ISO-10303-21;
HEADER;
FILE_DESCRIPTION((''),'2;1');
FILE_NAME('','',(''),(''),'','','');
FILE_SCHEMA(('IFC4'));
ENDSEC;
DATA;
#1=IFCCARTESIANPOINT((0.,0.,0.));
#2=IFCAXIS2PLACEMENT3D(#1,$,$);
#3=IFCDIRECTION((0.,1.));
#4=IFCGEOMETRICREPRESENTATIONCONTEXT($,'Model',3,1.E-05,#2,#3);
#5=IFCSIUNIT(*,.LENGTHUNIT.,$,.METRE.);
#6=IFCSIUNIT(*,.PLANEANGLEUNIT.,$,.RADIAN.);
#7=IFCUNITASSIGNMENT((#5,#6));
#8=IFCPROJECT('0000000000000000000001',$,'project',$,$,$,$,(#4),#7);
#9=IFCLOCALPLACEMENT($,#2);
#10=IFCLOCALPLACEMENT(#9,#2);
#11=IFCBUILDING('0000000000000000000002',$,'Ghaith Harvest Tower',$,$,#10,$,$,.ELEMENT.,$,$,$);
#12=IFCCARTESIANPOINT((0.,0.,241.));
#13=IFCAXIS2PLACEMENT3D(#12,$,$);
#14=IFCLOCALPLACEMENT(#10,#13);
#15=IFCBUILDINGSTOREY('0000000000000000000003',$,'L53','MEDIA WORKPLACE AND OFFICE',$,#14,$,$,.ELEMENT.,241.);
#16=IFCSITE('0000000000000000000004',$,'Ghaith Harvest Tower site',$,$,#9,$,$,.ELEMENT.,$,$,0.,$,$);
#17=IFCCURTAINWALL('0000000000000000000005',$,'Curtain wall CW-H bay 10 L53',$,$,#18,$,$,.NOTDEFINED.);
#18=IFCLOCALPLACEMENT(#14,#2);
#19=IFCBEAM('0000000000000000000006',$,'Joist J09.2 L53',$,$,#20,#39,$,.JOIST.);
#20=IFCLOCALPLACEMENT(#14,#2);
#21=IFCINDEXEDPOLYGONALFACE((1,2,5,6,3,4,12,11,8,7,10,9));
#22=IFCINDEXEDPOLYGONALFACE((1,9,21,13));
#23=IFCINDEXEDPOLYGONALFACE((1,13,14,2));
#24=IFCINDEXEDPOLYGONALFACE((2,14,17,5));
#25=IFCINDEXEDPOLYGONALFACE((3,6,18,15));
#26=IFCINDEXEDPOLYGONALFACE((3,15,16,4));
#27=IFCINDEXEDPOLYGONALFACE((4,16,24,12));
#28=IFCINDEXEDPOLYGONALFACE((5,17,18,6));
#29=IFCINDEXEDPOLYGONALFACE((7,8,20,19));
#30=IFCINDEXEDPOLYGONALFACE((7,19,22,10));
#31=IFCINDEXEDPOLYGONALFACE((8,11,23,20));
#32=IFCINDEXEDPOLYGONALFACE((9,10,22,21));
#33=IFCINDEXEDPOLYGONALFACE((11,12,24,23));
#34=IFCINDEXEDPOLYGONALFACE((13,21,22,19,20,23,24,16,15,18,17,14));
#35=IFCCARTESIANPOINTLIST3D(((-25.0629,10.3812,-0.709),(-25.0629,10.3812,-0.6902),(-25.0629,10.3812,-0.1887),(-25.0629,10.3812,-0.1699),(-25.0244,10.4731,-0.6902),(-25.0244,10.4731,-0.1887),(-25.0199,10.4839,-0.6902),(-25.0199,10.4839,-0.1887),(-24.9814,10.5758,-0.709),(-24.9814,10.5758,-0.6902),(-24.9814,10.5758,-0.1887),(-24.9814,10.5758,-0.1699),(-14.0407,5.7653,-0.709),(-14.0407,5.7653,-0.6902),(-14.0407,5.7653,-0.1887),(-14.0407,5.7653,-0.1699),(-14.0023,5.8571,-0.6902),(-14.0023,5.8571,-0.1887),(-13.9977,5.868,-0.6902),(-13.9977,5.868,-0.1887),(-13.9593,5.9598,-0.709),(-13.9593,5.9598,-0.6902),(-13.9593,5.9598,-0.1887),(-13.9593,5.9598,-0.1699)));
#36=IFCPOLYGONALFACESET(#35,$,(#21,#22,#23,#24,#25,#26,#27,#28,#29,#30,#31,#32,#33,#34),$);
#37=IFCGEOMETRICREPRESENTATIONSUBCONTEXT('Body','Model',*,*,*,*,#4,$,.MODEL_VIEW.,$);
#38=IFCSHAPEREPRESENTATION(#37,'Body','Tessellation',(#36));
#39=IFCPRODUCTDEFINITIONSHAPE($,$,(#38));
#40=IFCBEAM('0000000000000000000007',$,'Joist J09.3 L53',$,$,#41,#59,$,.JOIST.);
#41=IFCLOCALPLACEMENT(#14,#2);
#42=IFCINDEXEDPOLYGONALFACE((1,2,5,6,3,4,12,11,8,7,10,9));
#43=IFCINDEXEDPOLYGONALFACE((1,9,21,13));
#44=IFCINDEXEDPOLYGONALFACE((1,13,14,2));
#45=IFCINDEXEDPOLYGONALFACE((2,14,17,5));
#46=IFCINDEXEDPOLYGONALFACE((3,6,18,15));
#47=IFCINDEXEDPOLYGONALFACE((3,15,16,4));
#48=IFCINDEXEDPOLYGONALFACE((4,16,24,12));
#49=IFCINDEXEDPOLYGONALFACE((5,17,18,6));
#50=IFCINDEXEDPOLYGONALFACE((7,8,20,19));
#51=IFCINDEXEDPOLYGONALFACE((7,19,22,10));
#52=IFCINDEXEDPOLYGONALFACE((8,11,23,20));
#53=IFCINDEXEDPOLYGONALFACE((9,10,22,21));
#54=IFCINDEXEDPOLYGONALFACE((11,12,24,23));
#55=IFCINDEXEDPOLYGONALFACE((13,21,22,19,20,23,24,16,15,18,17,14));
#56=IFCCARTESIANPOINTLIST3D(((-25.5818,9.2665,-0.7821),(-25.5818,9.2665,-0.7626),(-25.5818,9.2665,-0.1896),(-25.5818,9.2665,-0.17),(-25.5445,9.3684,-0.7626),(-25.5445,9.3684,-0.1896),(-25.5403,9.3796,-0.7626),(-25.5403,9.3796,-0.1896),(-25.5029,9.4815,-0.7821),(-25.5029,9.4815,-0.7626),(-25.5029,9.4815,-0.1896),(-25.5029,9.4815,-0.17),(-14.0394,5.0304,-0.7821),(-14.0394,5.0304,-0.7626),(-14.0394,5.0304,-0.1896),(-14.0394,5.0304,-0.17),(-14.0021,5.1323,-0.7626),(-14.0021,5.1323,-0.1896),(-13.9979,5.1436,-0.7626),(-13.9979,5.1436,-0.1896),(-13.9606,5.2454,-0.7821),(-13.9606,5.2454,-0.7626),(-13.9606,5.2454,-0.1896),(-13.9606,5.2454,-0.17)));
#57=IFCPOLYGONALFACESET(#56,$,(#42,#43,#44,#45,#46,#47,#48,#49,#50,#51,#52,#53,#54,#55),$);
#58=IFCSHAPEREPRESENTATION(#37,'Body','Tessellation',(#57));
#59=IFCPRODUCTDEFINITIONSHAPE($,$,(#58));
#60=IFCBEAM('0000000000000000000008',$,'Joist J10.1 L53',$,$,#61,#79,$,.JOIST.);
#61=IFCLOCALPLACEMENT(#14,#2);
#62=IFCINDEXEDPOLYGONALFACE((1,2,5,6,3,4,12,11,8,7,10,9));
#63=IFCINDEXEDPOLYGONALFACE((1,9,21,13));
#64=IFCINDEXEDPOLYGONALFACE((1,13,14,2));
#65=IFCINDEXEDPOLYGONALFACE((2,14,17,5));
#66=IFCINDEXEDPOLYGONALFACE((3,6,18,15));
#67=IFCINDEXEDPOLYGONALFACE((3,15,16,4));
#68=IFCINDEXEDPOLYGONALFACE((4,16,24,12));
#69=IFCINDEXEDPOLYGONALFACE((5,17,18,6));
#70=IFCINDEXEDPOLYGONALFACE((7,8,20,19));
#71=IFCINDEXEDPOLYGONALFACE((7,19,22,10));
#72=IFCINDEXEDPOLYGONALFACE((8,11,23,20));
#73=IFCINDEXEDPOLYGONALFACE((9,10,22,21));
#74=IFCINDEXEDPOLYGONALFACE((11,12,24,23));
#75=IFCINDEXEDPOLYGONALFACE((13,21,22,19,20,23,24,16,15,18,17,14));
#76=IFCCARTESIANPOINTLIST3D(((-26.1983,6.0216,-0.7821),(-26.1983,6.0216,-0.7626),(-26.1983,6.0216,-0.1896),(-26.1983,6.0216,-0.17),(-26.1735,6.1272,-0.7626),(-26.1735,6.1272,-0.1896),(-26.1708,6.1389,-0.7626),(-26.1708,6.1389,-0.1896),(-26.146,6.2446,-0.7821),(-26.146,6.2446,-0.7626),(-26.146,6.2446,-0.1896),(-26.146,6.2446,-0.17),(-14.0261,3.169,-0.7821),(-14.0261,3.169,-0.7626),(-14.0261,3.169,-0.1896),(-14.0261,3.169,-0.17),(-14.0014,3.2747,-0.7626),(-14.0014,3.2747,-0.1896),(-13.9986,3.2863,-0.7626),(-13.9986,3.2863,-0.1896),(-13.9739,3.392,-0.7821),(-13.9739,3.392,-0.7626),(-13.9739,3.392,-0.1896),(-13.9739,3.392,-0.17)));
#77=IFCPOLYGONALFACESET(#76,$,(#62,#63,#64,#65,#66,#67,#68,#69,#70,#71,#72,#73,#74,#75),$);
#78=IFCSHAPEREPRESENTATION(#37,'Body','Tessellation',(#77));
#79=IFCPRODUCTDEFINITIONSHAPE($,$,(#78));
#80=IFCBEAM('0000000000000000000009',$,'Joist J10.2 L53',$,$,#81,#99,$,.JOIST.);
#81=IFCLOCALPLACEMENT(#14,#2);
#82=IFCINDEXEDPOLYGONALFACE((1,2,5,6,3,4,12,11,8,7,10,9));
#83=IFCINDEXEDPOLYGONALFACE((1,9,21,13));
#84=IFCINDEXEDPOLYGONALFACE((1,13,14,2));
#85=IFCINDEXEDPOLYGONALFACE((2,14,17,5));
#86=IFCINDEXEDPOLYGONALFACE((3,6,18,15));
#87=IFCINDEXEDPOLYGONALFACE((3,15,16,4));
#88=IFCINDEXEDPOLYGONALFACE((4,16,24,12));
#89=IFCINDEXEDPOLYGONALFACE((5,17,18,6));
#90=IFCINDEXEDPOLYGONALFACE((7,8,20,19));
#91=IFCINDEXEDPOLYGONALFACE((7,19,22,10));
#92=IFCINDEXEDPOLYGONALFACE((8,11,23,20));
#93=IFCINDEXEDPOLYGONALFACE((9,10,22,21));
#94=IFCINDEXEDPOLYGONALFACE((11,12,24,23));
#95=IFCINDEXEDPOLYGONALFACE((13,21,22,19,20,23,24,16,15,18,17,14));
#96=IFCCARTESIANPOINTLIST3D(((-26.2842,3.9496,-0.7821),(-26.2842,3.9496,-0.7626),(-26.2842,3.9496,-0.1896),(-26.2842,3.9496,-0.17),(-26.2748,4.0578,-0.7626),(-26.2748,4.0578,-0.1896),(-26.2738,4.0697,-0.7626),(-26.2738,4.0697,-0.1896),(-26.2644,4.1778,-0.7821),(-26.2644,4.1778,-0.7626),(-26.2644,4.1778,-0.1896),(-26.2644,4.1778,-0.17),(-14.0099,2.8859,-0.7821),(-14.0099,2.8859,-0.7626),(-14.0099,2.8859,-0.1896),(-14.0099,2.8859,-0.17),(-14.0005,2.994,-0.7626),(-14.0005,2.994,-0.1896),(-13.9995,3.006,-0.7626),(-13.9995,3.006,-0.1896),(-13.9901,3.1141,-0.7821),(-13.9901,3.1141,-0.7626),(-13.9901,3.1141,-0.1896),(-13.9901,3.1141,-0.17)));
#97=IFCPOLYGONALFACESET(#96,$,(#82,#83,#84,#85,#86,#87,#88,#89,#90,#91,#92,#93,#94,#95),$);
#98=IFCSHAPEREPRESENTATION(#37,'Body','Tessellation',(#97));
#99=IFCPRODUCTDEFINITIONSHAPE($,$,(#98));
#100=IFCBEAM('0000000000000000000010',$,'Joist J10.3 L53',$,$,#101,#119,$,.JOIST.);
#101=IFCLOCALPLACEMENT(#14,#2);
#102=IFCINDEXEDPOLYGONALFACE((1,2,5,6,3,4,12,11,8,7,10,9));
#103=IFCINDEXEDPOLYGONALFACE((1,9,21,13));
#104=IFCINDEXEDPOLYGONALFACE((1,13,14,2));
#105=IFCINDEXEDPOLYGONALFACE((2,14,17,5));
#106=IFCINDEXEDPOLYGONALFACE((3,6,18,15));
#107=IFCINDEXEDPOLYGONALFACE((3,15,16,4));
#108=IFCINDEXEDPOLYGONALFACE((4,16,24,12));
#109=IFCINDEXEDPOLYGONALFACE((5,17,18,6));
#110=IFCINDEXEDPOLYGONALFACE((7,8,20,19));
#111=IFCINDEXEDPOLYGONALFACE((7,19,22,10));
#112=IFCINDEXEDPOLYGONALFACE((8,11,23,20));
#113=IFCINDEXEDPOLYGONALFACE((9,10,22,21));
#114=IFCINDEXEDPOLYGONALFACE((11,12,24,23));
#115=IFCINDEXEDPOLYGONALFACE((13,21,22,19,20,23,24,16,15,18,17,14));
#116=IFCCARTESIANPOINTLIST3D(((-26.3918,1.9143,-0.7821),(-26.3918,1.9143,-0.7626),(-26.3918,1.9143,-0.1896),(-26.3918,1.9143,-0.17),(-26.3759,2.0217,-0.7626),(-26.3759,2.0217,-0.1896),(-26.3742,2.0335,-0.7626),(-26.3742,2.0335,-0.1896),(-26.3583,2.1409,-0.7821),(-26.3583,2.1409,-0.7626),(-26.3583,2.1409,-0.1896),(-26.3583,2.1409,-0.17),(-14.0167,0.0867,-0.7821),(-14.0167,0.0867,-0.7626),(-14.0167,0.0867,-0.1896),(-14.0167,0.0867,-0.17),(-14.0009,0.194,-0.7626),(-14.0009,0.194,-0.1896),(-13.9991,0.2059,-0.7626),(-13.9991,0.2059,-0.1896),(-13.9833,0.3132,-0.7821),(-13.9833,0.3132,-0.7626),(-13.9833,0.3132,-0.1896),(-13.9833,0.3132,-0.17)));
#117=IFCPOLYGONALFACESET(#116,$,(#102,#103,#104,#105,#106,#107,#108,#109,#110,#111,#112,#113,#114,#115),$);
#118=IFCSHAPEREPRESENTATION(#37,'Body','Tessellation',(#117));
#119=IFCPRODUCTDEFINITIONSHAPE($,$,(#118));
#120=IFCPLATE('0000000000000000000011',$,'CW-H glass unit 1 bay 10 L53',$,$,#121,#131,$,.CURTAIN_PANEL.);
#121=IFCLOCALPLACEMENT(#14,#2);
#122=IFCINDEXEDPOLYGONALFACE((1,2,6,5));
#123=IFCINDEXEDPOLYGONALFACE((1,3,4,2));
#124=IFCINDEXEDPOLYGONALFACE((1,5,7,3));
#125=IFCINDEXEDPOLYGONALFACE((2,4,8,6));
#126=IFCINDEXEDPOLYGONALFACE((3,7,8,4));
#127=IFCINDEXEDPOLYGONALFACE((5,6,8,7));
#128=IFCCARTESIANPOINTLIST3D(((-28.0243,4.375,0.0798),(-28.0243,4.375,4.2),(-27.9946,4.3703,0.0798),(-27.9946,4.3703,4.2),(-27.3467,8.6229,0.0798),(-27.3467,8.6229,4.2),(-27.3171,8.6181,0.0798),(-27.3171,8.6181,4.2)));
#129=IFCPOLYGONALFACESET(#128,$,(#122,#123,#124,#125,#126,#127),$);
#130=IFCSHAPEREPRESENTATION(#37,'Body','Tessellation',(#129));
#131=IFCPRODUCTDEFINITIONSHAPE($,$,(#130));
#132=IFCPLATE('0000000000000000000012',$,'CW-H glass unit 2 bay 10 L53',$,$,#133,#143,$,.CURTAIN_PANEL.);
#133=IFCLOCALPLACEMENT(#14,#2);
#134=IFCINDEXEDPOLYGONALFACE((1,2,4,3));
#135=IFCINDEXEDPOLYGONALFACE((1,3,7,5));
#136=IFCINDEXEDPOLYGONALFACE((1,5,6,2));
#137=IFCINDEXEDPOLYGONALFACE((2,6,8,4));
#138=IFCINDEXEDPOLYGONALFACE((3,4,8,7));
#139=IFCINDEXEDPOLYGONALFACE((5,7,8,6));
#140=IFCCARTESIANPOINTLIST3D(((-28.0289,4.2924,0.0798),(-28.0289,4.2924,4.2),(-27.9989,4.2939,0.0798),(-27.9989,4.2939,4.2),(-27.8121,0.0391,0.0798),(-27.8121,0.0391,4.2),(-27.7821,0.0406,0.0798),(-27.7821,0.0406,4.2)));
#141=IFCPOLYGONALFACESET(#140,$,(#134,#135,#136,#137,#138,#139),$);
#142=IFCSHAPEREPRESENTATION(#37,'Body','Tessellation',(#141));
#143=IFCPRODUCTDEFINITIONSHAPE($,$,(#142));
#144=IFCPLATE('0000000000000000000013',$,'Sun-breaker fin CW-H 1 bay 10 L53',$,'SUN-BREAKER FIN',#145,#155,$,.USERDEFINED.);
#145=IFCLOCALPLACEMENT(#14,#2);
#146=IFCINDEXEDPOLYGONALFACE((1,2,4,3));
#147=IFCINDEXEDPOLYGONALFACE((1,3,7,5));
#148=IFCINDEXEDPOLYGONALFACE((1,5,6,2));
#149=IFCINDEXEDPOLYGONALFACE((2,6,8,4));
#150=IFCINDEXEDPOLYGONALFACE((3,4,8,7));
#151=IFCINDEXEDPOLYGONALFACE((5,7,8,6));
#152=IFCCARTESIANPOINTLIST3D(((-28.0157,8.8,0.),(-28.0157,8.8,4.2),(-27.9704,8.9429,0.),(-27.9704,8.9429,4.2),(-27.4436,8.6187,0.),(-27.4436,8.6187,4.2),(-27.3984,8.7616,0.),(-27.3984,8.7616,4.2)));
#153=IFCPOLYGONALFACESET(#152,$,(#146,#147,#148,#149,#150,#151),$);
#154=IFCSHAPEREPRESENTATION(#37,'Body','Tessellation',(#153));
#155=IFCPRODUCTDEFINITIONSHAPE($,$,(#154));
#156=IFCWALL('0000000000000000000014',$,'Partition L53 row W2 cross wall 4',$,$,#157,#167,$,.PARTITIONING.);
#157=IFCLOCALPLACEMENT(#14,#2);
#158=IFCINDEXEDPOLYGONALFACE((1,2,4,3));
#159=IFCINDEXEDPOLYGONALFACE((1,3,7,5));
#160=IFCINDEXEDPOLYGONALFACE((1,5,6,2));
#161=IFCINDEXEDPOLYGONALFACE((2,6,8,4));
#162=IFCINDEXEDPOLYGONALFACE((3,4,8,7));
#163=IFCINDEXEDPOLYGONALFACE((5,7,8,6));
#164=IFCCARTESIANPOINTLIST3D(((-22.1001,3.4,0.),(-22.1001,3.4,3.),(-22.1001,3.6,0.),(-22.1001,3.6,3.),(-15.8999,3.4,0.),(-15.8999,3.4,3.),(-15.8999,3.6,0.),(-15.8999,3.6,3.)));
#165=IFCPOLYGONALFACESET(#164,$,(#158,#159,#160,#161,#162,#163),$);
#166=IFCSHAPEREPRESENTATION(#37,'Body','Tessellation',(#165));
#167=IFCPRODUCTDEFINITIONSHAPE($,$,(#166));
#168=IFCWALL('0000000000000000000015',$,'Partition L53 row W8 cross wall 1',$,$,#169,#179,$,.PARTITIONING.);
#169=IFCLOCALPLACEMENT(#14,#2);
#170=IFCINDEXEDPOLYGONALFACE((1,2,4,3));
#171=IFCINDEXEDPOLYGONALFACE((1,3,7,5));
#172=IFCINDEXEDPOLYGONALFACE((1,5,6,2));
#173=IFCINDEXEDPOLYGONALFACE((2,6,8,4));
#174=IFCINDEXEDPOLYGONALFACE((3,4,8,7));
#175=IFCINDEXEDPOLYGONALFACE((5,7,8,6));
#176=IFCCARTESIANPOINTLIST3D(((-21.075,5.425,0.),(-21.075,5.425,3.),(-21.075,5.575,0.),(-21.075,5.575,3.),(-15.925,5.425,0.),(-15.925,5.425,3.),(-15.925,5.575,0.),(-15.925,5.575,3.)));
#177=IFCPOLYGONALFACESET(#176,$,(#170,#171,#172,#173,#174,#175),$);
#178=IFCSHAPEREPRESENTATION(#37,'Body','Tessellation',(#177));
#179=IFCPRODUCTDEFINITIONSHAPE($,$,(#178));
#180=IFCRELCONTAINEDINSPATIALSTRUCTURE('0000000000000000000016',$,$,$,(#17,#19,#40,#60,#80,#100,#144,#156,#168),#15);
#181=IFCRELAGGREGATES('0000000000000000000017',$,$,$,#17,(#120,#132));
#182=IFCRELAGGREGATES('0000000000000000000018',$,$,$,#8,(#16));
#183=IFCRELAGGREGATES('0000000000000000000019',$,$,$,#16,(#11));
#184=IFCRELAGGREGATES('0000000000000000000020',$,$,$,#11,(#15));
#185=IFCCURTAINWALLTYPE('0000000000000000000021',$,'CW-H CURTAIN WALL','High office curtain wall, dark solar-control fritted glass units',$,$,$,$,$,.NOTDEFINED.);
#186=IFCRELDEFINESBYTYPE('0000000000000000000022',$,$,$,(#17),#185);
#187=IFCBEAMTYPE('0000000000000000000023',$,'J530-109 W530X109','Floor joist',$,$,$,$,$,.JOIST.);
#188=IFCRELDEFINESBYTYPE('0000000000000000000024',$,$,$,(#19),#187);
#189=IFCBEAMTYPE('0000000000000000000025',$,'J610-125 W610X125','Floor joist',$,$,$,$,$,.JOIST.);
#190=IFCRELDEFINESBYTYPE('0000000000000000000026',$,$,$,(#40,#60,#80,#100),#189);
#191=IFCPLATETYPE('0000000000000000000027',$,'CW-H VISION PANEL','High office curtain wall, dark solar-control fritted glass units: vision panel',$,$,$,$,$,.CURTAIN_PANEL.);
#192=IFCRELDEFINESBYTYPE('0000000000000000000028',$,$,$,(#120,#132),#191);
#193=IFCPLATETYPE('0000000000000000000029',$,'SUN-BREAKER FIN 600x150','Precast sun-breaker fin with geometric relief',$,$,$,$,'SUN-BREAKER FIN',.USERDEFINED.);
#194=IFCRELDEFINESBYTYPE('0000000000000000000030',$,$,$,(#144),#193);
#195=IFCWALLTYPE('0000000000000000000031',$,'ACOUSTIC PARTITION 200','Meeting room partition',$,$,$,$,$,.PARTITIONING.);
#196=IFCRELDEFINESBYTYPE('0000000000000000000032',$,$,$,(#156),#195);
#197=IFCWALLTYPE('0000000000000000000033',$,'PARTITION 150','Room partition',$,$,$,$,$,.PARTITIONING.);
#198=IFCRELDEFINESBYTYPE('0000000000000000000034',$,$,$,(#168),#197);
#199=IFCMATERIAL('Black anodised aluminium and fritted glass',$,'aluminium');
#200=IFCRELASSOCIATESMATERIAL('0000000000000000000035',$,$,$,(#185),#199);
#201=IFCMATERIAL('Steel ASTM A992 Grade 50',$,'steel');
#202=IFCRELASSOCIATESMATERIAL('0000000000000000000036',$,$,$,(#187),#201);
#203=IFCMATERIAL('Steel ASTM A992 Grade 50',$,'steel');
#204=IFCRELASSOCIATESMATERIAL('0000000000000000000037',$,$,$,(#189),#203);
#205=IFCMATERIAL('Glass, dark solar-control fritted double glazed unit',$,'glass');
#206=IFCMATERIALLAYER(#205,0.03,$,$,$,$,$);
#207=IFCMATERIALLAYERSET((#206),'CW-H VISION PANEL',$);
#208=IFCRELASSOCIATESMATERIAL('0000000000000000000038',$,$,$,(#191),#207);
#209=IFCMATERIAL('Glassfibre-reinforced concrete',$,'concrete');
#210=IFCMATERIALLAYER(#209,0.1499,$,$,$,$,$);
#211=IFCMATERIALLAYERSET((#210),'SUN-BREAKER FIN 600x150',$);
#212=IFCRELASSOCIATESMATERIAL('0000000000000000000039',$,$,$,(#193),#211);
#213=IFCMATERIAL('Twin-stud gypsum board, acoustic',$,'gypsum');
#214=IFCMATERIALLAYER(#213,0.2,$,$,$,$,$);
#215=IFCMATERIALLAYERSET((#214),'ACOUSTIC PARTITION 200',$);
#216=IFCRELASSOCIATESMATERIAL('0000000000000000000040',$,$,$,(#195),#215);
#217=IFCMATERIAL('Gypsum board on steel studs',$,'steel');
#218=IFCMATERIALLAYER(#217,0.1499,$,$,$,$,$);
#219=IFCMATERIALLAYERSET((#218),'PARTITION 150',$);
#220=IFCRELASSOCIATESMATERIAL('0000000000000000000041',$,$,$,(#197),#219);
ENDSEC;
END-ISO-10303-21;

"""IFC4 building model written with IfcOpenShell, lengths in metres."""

from ifc_helpers import new_model, si_unit, direction, frame, frame_2d, origin, origin_2d, place, context, subcontext, project, spatial, rectangle, i_section, extrude, material, layer, layer_set, material_profile, profile_set, type_object, element, aggregate, save


model = new_model("IFC4")

# Units and contexts
model_context = context("Model", 3, precision=1e-05, world=origin(), true_north=direction((0.0, 1.0)))
body_context = subcontext(model_context, "Body", "Model", "MODEL_VIEW")
ifc_project = project(units=[si_unit("LENGTHUNIT", "METRE"), si_unit("PLANEANGLEUNIT", "RADIAN")], contexts=[model_context])

# Site, building, storey
site_placement = place(None, origin())
site = spatial("IfcSite", under=ifc_project, at=site_placement, Name="Ghaith Harvest Tower site", CompositionType="ELEMENT", RefElevation=0.0)
building_placement = place(site_placement, origin())
building = spatial("IfcBuilding", under=site, at=building_placement, Name="Ghaith Harvest Tower", CompositionType="ELEMENT")
storey_placement = place(building_placement, frame((0.0, 0.0, 241.0)))
storey = spatial("IfcBuildingStorey", under=building, at=storey_placement, Name="L53", Description="MEDIA WORKPLACE AND OFFICE", CompositionType="ELEMENT", Elevation=241.0)

# Curtain wall
ifc_material_1 = material(Name="Black anodised aluminium and fritted glass", Category="aluminium")
curtain_wall_type = type_object("IfcCurtainWallType", Name="CW-H CURTAIN WALL", Description="High office curtain wall, dark solar-control fritted glass units", PredefinedType="NOTDEFINED", material=ifc_material_1)
curtain_wall_placement = place(storey_placement, origin())
curtain_wall = element("IfcCurtainWall", 1, at=curtain_wall_placement, inside=storey, type_object=curtain_wall_type, Name="Curtain wall CW-H bay 10 L53", PredefinedType="NOTDEFINED")

# Beams
ifc_material_2 = material(Name="Steel ASTM A992 Grade 50", Category="steel")
ifc_material_profile_1 = material_profile(ifc_material_2, i_section(OverallWidth=0.2109, OverallDepth=0.5391, WebThickness=0.0117, FlangeThickness=0.0188, at=origin_2d()), Name="W530X109")
ifc_profile_set_1 = profile_set([ifc_material_profile_1], Name="Steel ASTM A992 Grade 50")
beam_type_1 = type_object("IfcBeamType", Name="J530-109 W530X109", Description="Floor joist", PredefinedType="JOIST", material=ifc_profile_set_1)
beam_1_placement = place(storey_placement, frame((-14.0, 5.8625, -0.4395), z_axis=(-0.922381, 0.386282, 0.0), x_axis=(-0.386282, -0.922381, 0.0)))
element("IfcBeam", 2, at=beam_1_placement, inside=storey, type_object=beam_type_1, Name="Joist J09.2 L53", PredefinedType="JOIST", context=body_context, shape_type="SweptSolid", body=[
    extrude(i_section(OverallWidth=0.2109, OverallDepth=0.5391, WebThickness=0.0117, FlangeThickness=0.0188, at=origin_2d()), origin(), (0.0, 0.0, 1.0), 11.9497),
])
ifc_material_3 = material(Name="Steel ASTM A992 Grade 50", Category="steel")
ifc_material_profile_2 = material_profile(ifc_material_3, i_section(OverallWidth=0.229, OverallDepth=0.6121, WebThickness=0.012, FlangeThickness=0.0195, at=origin_2d()), Name="W610X125")
ifc_profile_set_2 = profile_set([ifc_material_profile_2], Name="Steel ASTM A992 Grade 50")
beam_type_2 = type_object("IfcBeamType", Name="J610-125 W610X125", Description="Floor joist", PredefinedType="JOIST", material=ifc_profile_set_2)
beam_2_placement = place(storey_placement, frame((-14.0, 5.1379, -0.4761), z_axis=(-0.938775, 0.34453, 0.0), x_axis=(-0.34453, -0.938775, 0.0)))
element("IfcBeam", 3, at=beam_2_placement, inside=storey, type_object=beam_type_2, Name="Joist J09.3 L53", PredefinedType="JOIST", context=body_context, shape_type="SweptSolid", body=[
    extrude(i_section(OverallWidth=0.229, OverallDepth=0.6121, WebThickness=0.012, FlangeThickness=0.0195, at=origin_2d()), origin(), (0.0, 0.0, 1.0), 12.2952),
])
beam_3_placement = place(storey_placement, frame((-14.0, 3.2805, -0.4761), z_axis=(-0.973622, 0.228168, 0.0), x_axis=(-0.228168, -0.973622, 0.0)))
element("IfcBeam", 4, at=beam_3_placement, inside=storey, type_object=beam_type_2, Name="Joist J10.1 L53", PredefinedType="JOIST", context=body_context, shape_type="SweptSolid", body=[
    extrude(i_section(OverallWidth=0.229, OverallDepth=0.6121, WebThickness=0.012, FlangeThickness=0.0195, at=origin_2d()), origin(), (0.0, 0.0, 1.0), 12.502),
])
beam_4_placement = place(storey_placement, frame((-14.0, 3.0, -0.4761), z_axis=(-0.996266, 0.086338, 0.0), x_axis=(-0.086338, -0.996266, 0.0)))
element("IfcBeam", 5, at=beam_4_placement, inside=storey, type_object=beam_type_2, Name="Joist J10.2 L53", PredefinedType="JOIST", context=body_context, shape_type="SweptSolid", body=[
    extrude(i_section(OverallWidth=0.229, OverallDepth=0.6121, WebThickness=0.012, FlangeThickness=0.0195, at=origin_2d()), origin(), (0.0, 0.0, 1.0), 12.3203),
])
beam_5_placement = place(storey_placement, frame((-14.0, 0.2, -0.4761), z_axis=(-0.989269, 0.146103, 0.0), x_axis=(-0.146103, -0.989269, 0.0)))
element("IfcBeam", 6, at=beam_5_placement, inside=storey, type_object=beam_type_2, Name="Joist J10.3 L53", PredefinedType="JOIST", context=body_context, shape_type="SweptSolid", body=[
    extrude(i_section(OverallWidth=0.229, OverallDepth=0.6121, WebThickness=0.012, FlangeThickness=0.0195, at=origin_2d()), origin(), (0.0, 0.0, 1.0), 12.5093),
])

# Plates
ifc_material_4 = material(Name="Glass, dark solar-control fritted double glazed unit", Category="glass")
ifc_layer_1 = layer(ifc_material_4, 0.03)
ifc_layer_set_1 = layer_set([ifc_layer_1], Name="CW-H VISION PANEL")
plate_type_1 = type_object("IfcPlateType", Name="CW-H VISION PANEL", Description="High office curtain wall, dark solar-control fritted glass units: vision panel", PredefinedType="CURTAIN_PANEL", material=ifc_layer_set_1)
plate_1_placement = place(storey_placement, frame((-27.6707, 6.4966, 0.0798), z_axis=(0.0, 0.0, 1.0), x_axis=(-0.157514, -0.987517, 0.0)))
plate_1 = element("IfcPlate", 7, at=plate_1_placement, type_object=plate_type_1, Name="CW-H glass unit 1 bay 10 L53", PredefinedType="CURTAIN_PANEL", context=body_context, shape_type="SweptSolid", body=[
    extrude(rectangle(XDim=4.3015, YDim=0.03, at=origin_2d()), origin(), (0.0, 0.0, 1.0), 4.1201),
])
plate_2_placement = place(storey_placement, frame((-27.9055, 2.1665, 0.0798), z_axis=(0.0, 0.0, 1.0), x_axis=(0.050895, -0.998704, 0.0)))
plate_2 = element("IfcPlate", 8, at=plate_2_placement, type_object=plate_type_1, Name="CW-H glass unit 2 bay 10 L53", PredefinedType="CURTAIN_PANEL", context=body_context, shape_type="SweptSolid", body=[
    extrude(rectangle(XDim=4.2588, YDim=0.03, at=origin_2d()), origin(), (0.0, 0.0, 1.0), 4.1201),
])
aggregate(curtain_wall, [plate_1, plate_2])
ifc_material_5 = material(Name="Glassfibre-reinforced concrete", Category="concrete")
ifc_layer_2 = layer(ifc_material_5, 0.1499)
ifc_layer_set_2 = layer_set([ifc_layer_2], Name="SUN-BREAKER FIN 600x150")
plate_type_2 = type_object("IfcPlateType", Name="SUN-BREAKER FIN 600x150", Description="Precast sun-breaker fin with geometric relief", ElementType="SUN-BREAKER FIN", PredefinedType="USERDEFINED", material=ifc_layer_set_2)
plate_3_placement = place(storey_placement, frame((-27.707, 8.7808, 0.0), z_axis=(0.0, 0.0, 1.0), x_axis=(-0.953273, 0.30211, 0.0)))
element("IfcPlate", 9, at=plate_3_placement, inside=storey, type_object=plate_type_2, Name="Sun-breaker fin CW-H 1 bay 10 L53", ObjectType="SUN-BREAKER FIN", PredefinedType="USERDEFINED", context=body_context, shape_type="SweptSolid", body=[
    extrude(rectangle(XDim=0.6001, YDim=0.1499, at=origin_2d()), origin(), (0.0, 0.0, 1.0), 4.2),
])

# Walls
ifc_material_6 = material(Name="Twin-stud gypsum board, acoustic", Category="gypsum")
ifc_layer_3 = layer(ifc_material_6, 0.2)
ifc_layer_set_3 = layer_set([ifc_layer_3], Name="ACOUSTIC PARTITION 200")
wall_type_1 = type_object("IfcWallType", Name="ACOUSTIC PARTITION 200", Description="Meeting room partition", PredefinedType="PARTITIONING", material=ifc_layer_set_3)
wall_1_placement = place(storey_placement, frame((-15.8999, 3.5, 0.0), z_axis=(0.0, 0.0, 1.0), x_axis=(-1.0, 0.0, 0.0)))
element("IfcWall", 10, at=wall_1_placement, inside=storey, type_object=wall_type_1, Name="Partition L53 row W2 cross wall 4", PredefinedType="PARTITIONING", context=body_context, shape_type="SweptSolid", body=[
    extrude(rectangle(XDim=6.2002, YDim=0.2, at=frame_2d((3.1001, 0.0))), origin(), (0.0, 0.0, 1.0), 3.0),
])
ifc_material_7 = material(Name="Gypsum board on steel studs", Category="steel")
ifc_layer_4 = layer(ifc_material_7, 0.1499)
ifc_layer_set_4 = layer_set([ifc_layer_4], Name="PARTITION 150")
wall_type_2 = type_object("IfcWallType", Name="PARTITION 150", Description="Room partition", PredefinedType="PARTITIONING", material=ifc_layer_set_4)
wall_2_placement = place(storey_placement, frame((-15.925, 5.5, 0.0), z_axis=(0.0, 0.0, 1.0), x_axis=(-1.0, 0.0, 0.0)))
element("IfcWall", 11, at=wall_2_placement, inside=storey, type_object=wall_type_2, Name="Partition L53 row W8 cross wall 1", PredefinedType="PARTITIONING", context=body_context, shape_type="SweptSolid", body=[
    extrude(rectangle(XDim=5.1499, YDim=0.1499, at=frame_2d((2.575, 0.0))), origin(), (0.0, 0.0, 1.0), 3.0),
])

save(model, "model.ifc")
